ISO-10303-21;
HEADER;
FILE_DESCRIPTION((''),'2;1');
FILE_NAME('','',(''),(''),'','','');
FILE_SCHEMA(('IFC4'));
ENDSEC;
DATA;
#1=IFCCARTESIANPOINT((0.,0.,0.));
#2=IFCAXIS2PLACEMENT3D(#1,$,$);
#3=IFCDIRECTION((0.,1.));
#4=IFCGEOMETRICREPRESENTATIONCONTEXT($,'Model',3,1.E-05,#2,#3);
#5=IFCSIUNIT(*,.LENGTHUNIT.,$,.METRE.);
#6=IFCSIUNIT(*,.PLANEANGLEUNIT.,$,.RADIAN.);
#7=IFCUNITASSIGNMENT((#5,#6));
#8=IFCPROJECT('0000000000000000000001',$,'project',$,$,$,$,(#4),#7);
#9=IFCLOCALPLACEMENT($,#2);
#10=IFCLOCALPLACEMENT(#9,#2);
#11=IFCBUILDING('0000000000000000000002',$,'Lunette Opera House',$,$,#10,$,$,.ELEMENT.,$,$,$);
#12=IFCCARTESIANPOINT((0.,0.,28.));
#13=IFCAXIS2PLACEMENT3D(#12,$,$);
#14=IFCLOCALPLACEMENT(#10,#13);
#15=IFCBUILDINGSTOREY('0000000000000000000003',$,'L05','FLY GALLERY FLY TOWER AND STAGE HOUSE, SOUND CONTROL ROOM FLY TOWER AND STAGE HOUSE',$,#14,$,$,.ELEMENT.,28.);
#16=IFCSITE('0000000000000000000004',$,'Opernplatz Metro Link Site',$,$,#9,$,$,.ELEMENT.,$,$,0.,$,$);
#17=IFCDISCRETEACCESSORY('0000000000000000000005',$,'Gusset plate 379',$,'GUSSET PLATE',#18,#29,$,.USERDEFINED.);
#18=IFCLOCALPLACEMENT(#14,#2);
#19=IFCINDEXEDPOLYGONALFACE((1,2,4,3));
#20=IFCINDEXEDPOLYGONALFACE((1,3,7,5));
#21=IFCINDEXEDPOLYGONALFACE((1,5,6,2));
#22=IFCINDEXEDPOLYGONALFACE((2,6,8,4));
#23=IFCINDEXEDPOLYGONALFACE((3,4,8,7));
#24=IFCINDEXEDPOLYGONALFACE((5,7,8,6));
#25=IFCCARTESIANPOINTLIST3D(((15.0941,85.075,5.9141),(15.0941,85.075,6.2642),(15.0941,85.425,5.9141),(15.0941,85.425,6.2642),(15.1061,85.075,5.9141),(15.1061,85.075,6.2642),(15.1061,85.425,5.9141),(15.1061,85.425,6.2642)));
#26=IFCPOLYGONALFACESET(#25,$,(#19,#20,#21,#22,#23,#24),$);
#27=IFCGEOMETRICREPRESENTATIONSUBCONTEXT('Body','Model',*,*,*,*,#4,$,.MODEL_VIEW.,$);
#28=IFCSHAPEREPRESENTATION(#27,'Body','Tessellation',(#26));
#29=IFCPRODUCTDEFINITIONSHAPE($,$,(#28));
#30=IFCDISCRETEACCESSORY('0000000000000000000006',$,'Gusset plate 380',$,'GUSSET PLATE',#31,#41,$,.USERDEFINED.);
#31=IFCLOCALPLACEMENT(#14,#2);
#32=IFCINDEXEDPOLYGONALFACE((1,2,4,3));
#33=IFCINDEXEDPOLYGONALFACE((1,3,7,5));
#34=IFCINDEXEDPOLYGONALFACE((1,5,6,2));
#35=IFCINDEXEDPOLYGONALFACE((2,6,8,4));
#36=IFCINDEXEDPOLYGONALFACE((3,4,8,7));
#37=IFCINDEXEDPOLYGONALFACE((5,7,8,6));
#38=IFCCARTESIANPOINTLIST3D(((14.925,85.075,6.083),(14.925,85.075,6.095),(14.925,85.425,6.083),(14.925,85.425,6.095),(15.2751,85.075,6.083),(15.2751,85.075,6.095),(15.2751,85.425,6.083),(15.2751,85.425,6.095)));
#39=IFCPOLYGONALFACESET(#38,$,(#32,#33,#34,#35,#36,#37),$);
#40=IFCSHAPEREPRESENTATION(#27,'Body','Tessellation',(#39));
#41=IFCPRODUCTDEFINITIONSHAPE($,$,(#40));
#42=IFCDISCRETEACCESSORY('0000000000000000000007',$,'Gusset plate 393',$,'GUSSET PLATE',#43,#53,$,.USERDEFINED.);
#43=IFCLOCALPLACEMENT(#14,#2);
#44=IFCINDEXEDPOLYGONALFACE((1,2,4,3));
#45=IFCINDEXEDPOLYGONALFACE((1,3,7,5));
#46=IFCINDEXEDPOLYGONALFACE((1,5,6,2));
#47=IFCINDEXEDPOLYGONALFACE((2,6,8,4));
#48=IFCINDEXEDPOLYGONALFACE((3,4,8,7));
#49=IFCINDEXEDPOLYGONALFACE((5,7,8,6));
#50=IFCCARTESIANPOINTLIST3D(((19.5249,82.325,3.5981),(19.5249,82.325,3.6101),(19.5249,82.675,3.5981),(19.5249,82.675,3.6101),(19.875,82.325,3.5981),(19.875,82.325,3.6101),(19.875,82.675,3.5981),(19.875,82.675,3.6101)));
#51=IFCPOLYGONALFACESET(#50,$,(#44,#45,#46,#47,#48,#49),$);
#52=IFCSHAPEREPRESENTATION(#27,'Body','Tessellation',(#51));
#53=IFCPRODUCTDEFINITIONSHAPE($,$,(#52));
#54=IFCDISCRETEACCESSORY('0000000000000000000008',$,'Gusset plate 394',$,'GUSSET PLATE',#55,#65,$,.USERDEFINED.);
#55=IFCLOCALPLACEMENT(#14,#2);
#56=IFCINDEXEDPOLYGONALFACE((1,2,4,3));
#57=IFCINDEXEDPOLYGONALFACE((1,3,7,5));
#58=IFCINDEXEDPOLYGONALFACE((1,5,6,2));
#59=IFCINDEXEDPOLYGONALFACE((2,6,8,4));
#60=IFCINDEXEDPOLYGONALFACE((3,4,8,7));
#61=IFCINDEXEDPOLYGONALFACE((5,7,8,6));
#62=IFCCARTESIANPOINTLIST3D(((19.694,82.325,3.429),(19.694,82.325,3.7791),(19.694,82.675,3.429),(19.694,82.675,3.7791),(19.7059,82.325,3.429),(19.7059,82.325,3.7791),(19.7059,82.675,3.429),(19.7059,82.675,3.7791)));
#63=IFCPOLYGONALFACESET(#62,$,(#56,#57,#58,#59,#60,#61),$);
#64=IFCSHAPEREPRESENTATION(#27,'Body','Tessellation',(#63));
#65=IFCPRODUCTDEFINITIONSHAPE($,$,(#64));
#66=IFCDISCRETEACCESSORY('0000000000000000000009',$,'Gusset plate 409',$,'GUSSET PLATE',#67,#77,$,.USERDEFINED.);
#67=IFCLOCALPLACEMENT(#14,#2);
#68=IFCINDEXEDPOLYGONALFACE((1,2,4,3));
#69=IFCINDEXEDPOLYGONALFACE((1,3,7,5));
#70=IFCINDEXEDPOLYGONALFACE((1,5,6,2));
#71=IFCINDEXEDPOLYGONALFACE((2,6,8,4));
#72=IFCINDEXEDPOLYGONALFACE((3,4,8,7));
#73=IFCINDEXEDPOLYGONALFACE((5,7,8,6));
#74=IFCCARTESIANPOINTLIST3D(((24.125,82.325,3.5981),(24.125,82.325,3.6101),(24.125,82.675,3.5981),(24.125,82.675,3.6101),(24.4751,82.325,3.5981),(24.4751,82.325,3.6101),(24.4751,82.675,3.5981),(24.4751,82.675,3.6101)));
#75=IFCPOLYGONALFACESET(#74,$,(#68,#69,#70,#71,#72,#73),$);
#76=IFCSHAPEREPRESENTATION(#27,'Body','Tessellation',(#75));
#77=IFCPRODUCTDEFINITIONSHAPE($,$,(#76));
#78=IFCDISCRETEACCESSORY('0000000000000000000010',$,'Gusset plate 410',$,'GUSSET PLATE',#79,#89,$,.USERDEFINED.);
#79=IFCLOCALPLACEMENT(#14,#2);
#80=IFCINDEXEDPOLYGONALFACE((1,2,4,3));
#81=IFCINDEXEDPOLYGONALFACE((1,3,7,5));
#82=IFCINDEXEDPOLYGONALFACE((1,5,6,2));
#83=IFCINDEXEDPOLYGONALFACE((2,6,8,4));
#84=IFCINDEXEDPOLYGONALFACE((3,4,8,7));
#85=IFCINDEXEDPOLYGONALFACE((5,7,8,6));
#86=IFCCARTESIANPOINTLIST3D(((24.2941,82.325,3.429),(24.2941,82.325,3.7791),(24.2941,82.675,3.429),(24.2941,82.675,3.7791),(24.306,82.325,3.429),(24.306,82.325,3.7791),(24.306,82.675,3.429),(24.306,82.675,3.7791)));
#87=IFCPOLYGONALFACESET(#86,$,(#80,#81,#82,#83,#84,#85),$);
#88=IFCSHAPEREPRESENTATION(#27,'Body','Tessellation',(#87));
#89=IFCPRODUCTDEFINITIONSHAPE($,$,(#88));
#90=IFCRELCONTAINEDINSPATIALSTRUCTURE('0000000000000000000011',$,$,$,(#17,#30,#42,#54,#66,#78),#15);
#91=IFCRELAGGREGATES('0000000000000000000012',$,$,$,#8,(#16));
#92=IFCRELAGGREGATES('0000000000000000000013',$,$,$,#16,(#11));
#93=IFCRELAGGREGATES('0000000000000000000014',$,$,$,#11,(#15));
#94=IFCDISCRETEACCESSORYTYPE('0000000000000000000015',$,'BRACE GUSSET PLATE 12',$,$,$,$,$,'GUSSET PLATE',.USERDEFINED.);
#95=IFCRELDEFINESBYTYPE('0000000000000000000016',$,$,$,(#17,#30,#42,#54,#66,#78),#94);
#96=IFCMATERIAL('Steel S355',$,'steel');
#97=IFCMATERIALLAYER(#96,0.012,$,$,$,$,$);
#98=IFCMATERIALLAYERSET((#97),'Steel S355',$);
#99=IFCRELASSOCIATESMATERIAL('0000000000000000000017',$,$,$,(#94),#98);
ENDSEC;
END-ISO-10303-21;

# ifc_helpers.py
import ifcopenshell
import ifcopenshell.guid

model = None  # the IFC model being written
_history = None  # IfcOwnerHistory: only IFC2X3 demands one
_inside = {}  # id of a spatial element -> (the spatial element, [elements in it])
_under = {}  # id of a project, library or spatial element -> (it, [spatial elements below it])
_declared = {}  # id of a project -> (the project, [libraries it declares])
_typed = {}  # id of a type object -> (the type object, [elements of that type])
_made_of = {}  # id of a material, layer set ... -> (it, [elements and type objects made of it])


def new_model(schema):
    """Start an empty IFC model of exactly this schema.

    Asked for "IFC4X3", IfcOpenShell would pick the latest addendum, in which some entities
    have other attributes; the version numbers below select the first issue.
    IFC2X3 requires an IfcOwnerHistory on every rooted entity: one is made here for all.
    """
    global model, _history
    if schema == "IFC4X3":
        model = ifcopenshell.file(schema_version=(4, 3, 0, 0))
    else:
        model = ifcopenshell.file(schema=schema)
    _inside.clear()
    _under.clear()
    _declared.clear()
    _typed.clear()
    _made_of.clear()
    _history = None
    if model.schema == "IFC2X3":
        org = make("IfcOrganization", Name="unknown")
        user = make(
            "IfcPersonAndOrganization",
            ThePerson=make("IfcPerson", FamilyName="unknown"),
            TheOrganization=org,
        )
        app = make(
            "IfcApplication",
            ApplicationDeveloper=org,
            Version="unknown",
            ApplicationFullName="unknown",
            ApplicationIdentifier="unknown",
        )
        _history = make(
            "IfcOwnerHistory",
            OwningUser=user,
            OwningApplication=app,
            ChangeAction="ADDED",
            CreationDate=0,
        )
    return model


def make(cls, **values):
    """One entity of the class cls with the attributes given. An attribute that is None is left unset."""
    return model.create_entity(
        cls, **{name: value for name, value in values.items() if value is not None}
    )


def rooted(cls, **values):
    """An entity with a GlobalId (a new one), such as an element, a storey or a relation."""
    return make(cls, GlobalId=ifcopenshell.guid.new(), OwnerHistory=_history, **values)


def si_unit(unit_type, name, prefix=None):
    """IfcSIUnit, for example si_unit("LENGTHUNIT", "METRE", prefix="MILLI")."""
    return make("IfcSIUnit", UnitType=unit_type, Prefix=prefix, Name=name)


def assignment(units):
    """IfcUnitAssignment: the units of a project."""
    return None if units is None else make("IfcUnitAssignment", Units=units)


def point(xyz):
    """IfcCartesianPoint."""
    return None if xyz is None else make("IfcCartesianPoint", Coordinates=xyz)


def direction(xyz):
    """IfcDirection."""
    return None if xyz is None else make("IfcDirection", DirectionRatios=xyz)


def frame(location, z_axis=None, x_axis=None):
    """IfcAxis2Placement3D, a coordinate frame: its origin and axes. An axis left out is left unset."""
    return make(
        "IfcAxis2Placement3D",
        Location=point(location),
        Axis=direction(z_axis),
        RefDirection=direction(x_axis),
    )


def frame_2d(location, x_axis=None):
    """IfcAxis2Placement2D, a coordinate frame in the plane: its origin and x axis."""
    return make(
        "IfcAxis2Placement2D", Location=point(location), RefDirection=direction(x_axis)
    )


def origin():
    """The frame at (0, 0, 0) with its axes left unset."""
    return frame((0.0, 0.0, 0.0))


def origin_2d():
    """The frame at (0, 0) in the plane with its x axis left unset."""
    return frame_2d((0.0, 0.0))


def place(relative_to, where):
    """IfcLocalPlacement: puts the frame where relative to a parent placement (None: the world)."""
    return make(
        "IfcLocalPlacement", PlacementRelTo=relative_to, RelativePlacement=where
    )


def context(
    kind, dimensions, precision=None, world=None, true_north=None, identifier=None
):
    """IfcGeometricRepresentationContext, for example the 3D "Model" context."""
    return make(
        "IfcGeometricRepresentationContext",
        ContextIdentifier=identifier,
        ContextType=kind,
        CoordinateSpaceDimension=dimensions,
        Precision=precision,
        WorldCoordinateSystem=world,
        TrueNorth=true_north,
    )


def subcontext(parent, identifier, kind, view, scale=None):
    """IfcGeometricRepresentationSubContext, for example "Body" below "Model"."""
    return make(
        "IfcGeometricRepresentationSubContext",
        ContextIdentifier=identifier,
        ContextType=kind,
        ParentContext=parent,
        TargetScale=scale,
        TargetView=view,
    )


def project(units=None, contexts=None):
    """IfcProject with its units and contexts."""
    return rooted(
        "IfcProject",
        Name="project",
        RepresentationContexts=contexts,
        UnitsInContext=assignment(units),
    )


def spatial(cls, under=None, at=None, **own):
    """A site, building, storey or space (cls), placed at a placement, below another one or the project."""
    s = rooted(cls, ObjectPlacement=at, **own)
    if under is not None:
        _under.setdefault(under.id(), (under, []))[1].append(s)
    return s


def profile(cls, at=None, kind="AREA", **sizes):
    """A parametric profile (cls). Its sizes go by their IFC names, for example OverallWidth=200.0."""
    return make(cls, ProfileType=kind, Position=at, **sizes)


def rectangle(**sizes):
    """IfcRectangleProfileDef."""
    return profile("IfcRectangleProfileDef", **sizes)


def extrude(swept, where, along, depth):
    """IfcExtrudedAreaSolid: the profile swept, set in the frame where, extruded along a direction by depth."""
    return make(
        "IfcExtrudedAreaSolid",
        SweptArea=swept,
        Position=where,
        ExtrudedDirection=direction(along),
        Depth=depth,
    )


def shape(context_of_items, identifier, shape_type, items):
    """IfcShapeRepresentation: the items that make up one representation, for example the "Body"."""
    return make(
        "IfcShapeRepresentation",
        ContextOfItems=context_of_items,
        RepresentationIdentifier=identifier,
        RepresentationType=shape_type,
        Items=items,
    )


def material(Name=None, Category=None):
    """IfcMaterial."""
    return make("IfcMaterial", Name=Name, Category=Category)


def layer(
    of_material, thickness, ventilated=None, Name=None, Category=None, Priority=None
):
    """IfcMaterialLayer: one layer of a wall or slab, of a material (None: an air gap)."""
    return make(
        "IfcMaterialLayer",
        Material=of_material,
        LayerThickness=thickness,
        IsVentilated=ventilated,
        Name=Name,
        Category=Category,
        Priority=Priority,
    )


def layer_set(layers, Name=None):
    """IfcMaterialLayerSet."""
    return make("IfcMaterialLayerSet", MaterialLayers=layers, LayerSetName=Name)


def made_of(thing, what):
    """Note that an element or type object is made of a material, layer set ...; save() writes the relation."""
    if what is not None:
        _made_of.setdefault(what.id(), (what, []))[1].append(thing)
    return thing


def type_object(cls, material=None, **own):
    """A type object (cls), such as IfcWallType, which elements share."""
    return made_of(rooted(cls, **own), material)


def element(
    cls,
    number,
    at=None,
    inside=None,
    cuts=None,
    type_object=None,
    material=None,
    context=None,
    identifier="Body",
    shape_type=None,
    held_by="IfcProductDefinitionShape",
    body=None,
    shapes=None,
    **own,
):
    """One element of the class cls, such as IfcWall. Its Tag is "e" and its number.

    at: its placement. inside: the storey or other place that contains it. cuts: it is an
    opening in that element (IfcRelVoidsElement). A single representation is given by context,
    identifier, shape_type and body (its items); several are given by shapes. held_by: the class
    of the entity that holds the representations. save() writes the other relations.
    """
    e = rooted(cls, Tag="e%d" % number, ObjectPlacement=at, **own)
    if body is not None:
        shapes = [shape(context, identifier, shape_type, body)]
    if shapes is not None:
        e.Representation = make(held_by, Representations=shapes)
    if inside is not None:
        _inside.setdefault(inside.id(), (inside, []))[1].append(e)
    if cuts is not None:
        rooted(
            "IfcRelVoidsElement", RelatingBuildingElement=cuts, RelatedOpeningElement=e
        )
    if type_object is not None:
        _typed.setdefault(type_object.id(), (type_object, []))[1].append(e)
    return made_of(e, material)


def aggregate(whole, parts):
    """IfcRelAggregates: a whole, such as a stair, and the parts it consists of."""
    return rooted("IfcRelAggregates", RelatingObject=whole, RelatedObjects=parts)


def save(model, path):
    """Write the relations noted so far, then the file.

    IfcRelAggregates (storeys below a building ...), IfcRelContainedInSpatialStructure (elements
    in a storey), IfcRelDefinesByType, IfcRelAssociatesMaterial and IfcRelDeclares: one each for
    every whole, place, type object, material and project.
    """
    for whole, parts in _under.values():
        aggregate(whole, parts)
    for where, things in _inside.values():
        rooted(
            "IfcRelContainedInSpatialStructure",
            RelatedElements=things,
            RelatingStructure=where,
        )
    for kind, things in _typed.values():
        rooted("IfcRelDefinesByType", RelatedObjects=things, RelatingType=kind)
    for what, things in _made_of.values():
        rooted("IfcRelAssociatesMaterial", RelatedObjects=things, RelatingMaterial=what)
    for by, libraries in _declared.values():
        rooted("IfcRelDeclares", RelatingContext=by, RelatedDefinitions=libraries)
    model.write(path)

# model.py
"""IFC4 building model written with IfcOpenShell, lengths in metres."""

from ifc_helpers import new_model, si_unit, direction, frame, origin, origin_2d, place, context, subcontext, project, spatial, rectangle, extrude, material, layer, layer_set, type_object, element, save


model = new_model("IFC4")

# Units and contexts
model_context = context("Model", 3, precision=1e-05, world=origin(), true_north=direction((0.0, 1.0)))
body_context = subcontext(model_context, "Body", "Model", "MODEL_VIEW")
ifc_project = project(units=[si_unit("LENGTHUNIT", "METRE"), si_unit("PLANEANGLEUNIT", "RADIAN")], contexts=[model_context])

# Site, building, storey
site_placement = place(None, origin())
site = spatial("IfcSite", under=ifc_project, at=site_placement, Name="Opernplatz Metro Link Site", CompositionType="ELEMENT", RefElevation=0.0)
building_placement = place(site_placement, origin())
building = spatial("IfcBuilding", under=site, at=building_placement, Name="Lunette Opera House", CompositionType="ELEMENT")
storey_placement = place(building_placement, frame((0.0, 0.0, 28.0)))
storey = spatial("IfcBuildingStorey", under=building, at=storey_placement, Name="L05", Description="FLY GALLERY FLY TOWER AND STAGE HOUSE, SOUND CONTROL ROOM FLY TOWER AND STAGE HOUSE", CompositionType="ELEMENT", Elevation=28.0)

# Discrete accessories
ifc_material_1 = material(Name="Steel S355", Category="steel")
ifc_layer = layer(ifc_material_1, 0.012)
ifc_layer_set = layer_set([ifc_layer], Name="Steel S355")
discrete_accessory_type = type_object("IfcDiscreteAccessoryType", Name="BRACE GUSSET PLATE 12", ElementType="GUSSET PLATE", PredefinedType="USERDEFINED", material=ifc_layer_set)
discrete_accessory_1_placement = place(storey_placement, frame((15.1001, 85.25, 5.9141), z_axis=(0.0, 0.0, 1.0), x_axis=(0.0, 1.0, 0.0)))
element("IfcDiscreteAccessory", 1, at=discrete_accessory_1_placement, inside=storey, type_object=discrete_accessory_type, Name="Gusset plate 379", ObjectType="GUSSET PLATE", PredefinedType="USERDEFINED", context=body_context, shape_type="SweptSolid", body=[
    extrude(rectangle(XDim=0.3501, YDim=0.012, at=origin_2d()), origin(), (0.0, 0.0, 1.0), 0.3501),
])
for number, where, z_axis, x_axis, name in (
    (2, (15.1001, 85.25, 6.083), (0.0, 0.0, 1.0), (0.0, 1.0, 0.0), "Gusset plate 380"),
    (3, (19.7, 82.5, 3.5981), (0.0, 0.0, 1.0), (0.0, 1.0, 0.0), "Gusset plate 393"),
):
    element("IfcDiscreteAccessory", number, at=place(storey_placement, frame(where, z_axis=z_axis, x_axis=x_axis)), inside=storey, type_object=discrete_accessory_type, Name=name, ObjectType="GUSSET PLATE", PredefinedType="USERDEFINED", context=body_context, shape_type="SweptSolid", body=[
        extrude(rectangle(XDim=0.3501, YDim=0.3501, at=origin_2d()), origin(), (0.0, 0.0, 1.0), 0.012),
    ])
discrete_accessory_2_placement = place(storey_placement, frame((19.7, 82.5, 3.429), z_axis=(0.0, 0.0, 1.0), x_axis=(0.0, 1.0, 0.0)))
element("IfcDiscreteAccessory", 4, at=discrete_accessory_2_placement, inside=storey, type_object=discrete_accessory_type, Name="Gusset plate 394", ObjectType="GUSSET PLATE", PredefinedType="USERDEFINED", context=body_context, shape_type="SweptSolid", body=[
    extrude(rectangle(XDim=0.3501, YDim=0.012, at=origin_2d()), origin(), (0.0, 0.0, 1.0), 0.3501),
])
discrete_accessory_3_placement = place(storey_placement, frame((24.3, 82.5, 3.5981), z_axis=(0.0, 0.0, 1.0), x_axis=(0.0, 1.0, 0.0)))
element("IfcDiscreteAccessory", 5, at=discrete_accessory_3_placement, inside=storey, type_object=discrete_accessory_type, Name="Gusset plate 409", ObjectType="GUSSET PLATE", PredefinedType="USERDEFINED", context=body_context, shape_type="SweptSolid", body=[
    extrude(rectangle(XDim=0.3501, YDim=0.3501, at=origin_2d()), origin(), (0.0, 0.0, 1.0), 0.012),
])
discrete_accessory_4_placement = place(storey_placement, frame((24.3, 82.5, 3.429), z_axis=(0.0, 0.0, 1.0), x_axis=(0.0, 1.0, 0.0)))
element("IfcDiscreteAccessory", 6, at=discrete_accessory_4_placement, inside=storey, type_object=discrete_accessory_type, Name="Gusset plate 410", ObjectType="GUSSET PLATE", PredefinedType="USERDEFINED", context=body_context, shape_type="SweptSolid", body=[
    extrude(rectangle(XDim=0.3501, YDim=0.012, at=origin_2d()), origin(), (0.0, 0.0, 1.0), 0.3501),
])

save(model, "model.ifc")
